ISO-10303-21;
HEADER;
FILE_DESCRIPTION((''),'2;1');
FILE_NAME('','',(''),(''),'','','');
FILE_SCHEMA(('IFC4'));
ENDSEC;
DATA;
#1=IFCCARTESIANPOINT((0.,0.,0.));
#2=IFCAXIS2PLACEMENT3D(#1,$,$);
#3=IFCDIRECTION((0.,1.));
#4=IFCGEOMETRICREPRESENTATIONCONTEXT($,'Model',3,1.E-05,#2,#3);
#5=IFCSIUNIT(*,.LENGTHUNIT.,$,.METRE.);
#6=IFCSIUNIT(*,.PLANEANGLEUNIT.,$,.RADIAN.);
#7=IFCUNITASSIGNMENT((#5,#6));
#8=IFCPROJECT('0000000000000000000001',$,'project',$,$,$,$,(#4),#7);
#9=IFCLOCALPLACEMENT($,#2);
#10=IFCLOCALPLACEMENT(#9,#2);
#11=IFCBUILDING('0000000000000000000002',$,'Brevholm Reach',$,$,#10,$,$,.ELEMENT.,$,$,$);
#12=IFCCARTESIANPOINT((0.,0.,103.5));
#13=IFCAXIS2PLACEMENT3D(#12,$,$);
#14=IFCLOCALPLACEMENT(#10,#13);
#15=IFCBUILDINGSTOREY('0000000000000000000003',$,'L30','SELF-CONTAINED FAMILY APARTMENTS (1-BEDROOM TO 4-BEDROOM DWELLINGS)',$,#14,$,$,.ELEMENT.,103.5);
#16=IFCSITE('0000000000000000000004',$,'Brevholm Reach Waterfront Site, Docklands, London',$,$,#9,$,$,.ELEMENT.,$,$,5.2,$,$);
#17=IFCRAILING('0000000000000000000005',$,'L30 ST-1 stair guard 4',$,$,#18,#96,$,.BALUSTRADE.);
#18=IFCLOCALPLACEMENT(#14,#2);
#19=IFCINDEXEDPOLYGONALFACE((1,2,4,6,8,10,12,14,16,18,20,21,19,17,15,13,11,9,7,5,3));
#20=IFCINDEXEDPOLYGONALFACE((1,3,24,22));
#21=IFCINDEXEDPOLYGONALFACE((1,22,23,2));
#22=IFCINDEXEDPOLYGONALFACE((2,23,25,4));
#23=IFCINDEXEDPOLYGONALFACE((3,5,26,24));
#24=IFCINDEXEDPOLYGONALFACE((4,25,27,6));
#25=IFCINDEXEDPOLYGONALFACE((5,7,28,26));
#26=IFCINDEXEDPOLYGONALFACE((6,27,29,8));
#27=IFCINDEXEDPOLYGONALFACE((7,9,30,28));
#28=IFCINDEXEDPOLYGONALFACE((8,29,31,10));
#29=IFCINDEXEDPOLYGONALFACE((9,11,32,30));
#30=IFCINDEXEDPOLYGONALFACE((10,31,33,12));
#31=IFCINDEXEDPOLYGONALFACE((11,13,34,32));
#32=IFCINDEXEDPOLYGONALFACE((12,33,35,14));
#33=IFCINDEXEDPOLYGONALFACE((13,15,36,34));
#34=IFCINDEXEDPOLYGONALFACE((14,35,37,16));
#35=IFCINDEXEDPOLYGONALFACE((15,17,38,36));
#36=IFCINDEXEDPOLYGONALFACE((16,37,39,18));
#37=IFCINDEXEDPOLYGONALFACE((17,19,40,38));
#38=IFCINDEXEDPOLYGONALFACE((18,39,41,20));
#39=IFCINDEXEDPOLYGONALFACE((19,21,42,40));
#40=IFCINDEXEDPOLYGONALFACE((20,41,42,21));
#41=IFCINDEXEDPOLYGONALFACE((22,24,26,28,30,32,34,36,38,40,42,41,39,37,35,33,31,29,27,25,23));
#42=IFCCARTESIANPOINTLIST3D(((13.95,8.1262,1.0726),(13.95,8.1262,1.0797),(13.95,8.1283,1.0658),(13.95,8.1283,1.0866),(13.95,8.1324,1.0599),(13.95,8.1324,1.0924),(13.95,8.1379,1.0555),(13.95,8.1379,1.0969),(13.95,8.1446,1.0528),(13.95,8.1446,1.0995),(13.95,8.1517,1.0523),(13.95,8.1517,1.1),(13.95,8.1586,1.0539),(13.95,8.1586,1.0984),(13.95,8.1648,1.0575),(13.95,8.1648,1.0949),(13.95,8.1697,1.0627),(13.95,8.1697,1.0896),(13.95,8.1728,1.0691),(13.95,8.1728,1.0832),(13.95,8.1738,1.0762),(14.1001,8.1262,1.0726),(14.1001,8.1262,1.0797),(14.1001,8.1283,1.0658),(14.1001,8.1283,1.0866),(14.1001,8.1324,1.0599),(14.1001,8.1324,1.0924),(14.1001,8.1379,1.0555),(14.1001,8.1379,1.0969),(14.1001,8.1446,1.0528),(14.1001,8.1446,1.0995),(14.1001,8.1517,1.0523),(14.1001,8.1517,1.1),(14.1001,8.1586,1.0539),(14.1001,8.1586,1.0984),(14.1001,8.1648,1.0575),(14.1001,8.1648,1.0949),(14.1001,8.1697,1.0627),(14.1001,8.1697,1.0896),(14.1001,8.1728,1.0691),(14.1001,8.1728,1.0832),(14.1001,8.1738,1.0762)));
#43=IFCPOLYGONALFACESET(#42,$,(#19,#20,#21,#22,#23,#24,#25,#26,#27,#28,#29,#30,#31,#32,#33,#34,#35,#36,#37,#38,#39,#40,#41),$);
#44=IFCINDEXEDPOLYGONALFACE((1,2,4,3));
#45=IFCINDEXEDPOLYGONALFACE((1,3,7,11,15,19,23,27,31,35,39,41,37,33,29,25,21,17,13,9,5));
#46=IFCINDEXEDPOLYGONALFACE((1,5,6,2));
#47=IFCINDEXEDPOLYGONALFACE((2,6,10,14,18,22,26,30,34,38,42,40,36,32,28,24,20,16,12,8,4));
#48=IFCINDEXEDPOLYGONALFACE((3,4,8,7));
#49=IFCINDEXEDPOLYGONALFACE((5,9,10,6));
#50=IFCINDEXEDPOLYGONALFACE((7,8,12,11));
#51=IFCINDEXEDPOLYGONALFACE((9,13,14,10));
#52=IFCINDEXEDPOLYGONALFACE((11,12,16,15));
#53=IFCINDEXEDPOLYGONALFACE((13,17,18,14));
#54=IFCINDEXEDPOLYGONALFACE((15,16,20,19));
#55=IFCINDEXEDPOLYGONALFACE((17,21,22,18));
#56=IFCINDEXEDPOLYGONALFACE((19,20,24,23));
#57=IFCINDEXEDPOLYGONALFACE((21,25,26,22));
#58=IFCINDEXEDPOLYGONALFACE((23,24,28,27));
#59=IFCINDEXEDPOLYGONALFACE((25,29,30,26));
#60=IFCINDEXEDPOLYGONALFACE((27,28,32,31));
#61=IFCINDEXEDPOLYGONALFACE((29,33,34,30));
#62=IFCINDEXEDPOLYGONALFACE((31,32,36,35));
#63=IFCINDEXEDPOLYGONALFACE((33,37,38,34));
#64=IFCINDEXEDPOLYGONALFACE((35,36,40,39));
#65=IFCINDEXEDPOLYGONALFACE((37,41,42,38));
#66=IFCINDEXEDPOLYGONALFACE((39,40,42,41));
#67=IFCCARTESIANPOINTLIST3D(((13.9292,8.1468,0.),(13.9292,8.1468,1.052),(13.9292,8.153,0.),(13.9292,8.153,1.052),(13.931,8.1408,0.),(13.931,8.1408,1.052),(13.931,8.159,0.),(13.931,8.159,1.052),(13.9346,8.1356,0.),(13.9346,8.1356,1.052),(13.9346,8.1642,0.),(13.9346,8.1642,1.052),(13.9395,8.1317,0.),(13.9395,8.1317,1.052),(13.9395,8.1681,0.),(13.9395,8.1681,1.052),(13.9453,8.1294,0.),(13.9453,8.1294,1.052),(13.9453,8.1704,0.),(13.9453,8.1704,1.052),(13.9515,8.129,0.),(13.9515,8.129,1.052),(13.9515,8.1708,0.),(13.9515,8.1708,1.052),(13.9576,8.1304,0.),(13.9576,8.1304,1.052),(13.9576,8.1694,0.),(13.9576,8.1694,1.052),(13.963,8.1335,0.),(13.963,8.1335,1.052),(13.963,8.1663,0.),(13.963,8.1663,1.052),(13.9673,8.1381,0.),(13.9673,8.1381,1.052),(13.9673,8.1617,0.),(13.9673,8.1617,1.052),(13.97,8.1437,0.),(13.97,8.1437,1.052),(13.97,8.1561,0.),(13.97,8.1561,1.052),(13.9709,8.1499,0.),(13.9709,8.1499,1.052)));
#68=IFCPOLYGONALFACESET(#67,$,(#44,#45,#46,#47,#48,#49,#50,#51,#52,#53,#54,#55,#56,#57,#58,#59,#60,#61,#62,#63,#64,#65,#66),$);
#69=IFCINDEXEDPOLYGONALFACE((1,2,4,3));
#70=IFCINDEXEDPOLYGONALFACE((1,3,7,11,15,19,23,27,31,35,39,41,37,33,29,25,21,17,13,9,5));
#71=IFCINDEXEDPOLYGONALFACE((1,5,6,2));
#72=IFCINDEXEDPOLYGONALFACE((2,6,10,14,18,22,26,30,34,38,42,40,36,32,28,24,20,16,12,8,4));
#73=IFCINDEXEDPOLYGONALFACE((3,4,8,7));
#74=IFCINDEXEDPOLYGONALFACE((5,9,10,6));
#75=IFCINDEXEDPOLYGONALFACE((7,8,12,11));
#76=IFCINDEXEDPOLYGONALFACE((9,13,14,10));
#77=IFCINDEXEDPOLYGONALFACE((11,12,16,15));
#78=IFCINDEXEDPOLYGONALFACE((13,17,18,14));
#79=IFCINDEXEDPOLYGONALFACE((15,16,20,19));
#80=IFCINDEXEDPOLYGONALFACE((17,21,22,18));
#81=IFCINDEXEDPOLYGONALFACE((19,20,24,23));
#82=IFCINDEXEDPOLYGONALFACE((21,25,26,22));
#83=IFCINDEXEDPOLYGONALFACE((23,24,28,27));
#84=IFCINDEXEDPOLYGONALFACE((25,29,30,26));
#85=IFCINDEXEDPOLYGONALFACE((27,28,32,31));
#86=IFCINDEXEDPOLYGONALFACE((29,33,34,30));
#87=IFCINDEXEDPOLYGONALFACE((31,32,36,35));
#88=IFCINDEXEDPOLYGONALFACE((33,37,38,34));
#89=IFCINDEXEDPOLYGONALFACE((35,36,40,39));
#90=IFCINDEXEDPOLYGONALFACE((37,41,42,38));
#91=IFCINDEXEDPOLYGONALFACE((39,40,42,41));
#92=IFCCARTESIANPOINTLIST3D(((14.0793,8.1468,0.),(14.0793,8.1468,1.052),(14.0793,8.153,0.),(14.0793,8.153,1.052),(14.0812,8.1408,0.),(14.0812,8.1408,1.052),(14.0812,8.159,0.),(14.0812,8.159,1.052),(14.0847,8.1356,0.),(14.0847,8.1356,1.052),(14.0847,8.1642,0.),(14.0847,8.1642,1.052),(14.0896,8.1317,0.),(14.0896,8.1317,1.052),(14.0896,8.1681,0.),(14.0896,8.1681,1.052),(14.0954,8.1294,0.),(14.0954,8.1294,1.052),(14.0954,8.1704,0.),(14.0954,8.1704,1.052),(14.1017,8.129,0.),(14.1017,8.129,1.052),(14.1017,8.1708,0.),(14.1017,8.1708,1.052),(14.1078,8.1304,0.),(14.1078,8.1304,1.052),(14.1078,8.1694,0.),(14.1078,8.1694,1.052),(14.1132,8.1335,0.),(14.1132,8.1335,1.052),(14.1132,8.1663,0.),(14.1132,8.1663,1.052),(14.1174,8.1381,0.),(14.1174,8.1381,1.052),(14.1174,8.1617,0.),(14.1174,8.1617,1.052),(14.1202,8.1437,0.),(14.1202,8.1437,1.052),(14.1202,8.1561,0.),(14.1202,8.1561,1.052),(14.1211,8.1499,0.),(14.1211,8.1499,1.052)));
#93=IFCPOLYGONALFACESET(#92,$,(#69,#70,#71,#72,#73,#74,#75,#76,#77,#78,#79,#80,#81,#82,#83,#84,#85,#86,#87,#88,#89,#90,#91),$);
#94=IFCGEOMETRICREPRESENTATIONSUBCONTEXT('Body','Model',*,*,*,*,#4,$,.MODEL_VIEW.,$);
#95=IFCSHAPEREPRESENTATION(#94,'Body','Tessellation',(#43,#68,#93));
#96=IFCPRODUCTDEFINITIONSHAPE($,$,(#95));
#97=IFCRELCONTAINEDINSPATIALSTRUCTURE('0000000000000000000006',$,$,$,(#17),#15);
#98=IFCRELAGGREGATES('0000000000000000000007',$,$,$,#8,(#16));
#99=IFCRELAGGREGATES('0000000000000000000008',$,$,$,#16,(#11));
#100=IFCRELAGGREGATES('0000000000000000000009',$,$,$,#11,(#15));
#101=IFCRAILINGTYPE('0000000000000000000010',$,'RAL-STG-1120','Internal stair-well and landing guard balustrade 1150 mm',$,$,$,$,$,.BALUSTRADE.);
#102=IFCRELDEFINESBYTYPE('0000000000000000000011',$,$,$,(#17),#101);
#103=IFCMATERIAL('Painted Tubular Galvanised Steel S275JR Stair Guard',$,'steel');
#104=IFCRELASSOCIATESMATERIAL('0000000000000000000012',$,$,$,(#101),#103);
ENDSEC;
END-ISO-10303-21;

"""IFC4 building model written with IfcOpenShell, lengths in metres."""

from ifc_helpers import new_model, si_unit, direction, frame, origin, origin_2d, place, context, subcontext, project, spatial, circle, extrude, material, type_object, element, save


model = new_model("IFC4")

# Units and contexts
model_context = context("Model", 3, precision=1e-05, world=origin(), true_north=direction((0.0, 1.0)))
body_context = subcontext(model_context, "Body", "Model", "MODEL_VIEW")
ifc_project = project(units=[si_unit("LENGTHUNIT", "METRE"), si_unit("PLANEANGLEUNIT", "RADIAN")], contexts=[model_context])

# Site, building, storey
site_placement = place(None, origin())
site = spatial("IfcSite", under=ifc_project, at=site_placement, Name="Brevholm Reach Waterfront Site, Docklands, London", CompositionType="ELEMENT", RefElevation=5.2)
building_placement = place(site_placement, origin())
building = spatial("IfcBuilding", under=site, at=building_placement, Name="Brevholm Reach", CompositionType="ELEMENT")
storey_placement = place(building_placement, frame((0.0, 0.0, 103.5)))
storey = spatial("IfcBuildingStorey", under=building, at=storey_placement, Name="L30", Description="SELF-CONTAINED FAMILY APARTMENTS (1-BEDROOM TO 4-BEDROOM DWELLINGS)", CompositionType="ELEMENT", Elevation=103.5)

# Railing
ifc_material_1 = material(Name="Painted Tubular Galvanised Steel S275JR Stair Guard", Category="steel")
railing_type_1 = type_object("IfcRailingType", Name="RAL-STG-1120", Description="Internal stair-well and landing guard balustrade 1150 mm", PredefinedType="BALUSTRADE", material=ifc_material_1)
railing_1_placement = place(storey_placement, frame((13.95, 8.1499, 0.0)))
element("IfcRailing", 1, at=railing_1_placement, inside=storey, type_object=railing_type_1, Name="L30 ST-1 stair guard 4", PredefinedType="BALUSTRADE", context=body_context, shape_type="SweptSolid", body=[
    extrude(circle(Radius=0.0239, at=origin_2d()), frame((0.0, 0.0, 1.0762), z_axis=(1.0, 0.0, 0.0), x_axis=(0.0, 1.0, 0.0)), (0.0, 0.0, 1.0), 0.1501),
    extrude(circle(Radius=0.021, at=origin_2d()), origin(), (0.0, 0.0, 1.0), 1.052),
    extrude(circle(Radius=0.021, at=origin_2d()), frame((0.1501, 0.0, 0.0)), (0.0, 0.0, 1.0), 1.052),
])

save(model, "model.ifc")
